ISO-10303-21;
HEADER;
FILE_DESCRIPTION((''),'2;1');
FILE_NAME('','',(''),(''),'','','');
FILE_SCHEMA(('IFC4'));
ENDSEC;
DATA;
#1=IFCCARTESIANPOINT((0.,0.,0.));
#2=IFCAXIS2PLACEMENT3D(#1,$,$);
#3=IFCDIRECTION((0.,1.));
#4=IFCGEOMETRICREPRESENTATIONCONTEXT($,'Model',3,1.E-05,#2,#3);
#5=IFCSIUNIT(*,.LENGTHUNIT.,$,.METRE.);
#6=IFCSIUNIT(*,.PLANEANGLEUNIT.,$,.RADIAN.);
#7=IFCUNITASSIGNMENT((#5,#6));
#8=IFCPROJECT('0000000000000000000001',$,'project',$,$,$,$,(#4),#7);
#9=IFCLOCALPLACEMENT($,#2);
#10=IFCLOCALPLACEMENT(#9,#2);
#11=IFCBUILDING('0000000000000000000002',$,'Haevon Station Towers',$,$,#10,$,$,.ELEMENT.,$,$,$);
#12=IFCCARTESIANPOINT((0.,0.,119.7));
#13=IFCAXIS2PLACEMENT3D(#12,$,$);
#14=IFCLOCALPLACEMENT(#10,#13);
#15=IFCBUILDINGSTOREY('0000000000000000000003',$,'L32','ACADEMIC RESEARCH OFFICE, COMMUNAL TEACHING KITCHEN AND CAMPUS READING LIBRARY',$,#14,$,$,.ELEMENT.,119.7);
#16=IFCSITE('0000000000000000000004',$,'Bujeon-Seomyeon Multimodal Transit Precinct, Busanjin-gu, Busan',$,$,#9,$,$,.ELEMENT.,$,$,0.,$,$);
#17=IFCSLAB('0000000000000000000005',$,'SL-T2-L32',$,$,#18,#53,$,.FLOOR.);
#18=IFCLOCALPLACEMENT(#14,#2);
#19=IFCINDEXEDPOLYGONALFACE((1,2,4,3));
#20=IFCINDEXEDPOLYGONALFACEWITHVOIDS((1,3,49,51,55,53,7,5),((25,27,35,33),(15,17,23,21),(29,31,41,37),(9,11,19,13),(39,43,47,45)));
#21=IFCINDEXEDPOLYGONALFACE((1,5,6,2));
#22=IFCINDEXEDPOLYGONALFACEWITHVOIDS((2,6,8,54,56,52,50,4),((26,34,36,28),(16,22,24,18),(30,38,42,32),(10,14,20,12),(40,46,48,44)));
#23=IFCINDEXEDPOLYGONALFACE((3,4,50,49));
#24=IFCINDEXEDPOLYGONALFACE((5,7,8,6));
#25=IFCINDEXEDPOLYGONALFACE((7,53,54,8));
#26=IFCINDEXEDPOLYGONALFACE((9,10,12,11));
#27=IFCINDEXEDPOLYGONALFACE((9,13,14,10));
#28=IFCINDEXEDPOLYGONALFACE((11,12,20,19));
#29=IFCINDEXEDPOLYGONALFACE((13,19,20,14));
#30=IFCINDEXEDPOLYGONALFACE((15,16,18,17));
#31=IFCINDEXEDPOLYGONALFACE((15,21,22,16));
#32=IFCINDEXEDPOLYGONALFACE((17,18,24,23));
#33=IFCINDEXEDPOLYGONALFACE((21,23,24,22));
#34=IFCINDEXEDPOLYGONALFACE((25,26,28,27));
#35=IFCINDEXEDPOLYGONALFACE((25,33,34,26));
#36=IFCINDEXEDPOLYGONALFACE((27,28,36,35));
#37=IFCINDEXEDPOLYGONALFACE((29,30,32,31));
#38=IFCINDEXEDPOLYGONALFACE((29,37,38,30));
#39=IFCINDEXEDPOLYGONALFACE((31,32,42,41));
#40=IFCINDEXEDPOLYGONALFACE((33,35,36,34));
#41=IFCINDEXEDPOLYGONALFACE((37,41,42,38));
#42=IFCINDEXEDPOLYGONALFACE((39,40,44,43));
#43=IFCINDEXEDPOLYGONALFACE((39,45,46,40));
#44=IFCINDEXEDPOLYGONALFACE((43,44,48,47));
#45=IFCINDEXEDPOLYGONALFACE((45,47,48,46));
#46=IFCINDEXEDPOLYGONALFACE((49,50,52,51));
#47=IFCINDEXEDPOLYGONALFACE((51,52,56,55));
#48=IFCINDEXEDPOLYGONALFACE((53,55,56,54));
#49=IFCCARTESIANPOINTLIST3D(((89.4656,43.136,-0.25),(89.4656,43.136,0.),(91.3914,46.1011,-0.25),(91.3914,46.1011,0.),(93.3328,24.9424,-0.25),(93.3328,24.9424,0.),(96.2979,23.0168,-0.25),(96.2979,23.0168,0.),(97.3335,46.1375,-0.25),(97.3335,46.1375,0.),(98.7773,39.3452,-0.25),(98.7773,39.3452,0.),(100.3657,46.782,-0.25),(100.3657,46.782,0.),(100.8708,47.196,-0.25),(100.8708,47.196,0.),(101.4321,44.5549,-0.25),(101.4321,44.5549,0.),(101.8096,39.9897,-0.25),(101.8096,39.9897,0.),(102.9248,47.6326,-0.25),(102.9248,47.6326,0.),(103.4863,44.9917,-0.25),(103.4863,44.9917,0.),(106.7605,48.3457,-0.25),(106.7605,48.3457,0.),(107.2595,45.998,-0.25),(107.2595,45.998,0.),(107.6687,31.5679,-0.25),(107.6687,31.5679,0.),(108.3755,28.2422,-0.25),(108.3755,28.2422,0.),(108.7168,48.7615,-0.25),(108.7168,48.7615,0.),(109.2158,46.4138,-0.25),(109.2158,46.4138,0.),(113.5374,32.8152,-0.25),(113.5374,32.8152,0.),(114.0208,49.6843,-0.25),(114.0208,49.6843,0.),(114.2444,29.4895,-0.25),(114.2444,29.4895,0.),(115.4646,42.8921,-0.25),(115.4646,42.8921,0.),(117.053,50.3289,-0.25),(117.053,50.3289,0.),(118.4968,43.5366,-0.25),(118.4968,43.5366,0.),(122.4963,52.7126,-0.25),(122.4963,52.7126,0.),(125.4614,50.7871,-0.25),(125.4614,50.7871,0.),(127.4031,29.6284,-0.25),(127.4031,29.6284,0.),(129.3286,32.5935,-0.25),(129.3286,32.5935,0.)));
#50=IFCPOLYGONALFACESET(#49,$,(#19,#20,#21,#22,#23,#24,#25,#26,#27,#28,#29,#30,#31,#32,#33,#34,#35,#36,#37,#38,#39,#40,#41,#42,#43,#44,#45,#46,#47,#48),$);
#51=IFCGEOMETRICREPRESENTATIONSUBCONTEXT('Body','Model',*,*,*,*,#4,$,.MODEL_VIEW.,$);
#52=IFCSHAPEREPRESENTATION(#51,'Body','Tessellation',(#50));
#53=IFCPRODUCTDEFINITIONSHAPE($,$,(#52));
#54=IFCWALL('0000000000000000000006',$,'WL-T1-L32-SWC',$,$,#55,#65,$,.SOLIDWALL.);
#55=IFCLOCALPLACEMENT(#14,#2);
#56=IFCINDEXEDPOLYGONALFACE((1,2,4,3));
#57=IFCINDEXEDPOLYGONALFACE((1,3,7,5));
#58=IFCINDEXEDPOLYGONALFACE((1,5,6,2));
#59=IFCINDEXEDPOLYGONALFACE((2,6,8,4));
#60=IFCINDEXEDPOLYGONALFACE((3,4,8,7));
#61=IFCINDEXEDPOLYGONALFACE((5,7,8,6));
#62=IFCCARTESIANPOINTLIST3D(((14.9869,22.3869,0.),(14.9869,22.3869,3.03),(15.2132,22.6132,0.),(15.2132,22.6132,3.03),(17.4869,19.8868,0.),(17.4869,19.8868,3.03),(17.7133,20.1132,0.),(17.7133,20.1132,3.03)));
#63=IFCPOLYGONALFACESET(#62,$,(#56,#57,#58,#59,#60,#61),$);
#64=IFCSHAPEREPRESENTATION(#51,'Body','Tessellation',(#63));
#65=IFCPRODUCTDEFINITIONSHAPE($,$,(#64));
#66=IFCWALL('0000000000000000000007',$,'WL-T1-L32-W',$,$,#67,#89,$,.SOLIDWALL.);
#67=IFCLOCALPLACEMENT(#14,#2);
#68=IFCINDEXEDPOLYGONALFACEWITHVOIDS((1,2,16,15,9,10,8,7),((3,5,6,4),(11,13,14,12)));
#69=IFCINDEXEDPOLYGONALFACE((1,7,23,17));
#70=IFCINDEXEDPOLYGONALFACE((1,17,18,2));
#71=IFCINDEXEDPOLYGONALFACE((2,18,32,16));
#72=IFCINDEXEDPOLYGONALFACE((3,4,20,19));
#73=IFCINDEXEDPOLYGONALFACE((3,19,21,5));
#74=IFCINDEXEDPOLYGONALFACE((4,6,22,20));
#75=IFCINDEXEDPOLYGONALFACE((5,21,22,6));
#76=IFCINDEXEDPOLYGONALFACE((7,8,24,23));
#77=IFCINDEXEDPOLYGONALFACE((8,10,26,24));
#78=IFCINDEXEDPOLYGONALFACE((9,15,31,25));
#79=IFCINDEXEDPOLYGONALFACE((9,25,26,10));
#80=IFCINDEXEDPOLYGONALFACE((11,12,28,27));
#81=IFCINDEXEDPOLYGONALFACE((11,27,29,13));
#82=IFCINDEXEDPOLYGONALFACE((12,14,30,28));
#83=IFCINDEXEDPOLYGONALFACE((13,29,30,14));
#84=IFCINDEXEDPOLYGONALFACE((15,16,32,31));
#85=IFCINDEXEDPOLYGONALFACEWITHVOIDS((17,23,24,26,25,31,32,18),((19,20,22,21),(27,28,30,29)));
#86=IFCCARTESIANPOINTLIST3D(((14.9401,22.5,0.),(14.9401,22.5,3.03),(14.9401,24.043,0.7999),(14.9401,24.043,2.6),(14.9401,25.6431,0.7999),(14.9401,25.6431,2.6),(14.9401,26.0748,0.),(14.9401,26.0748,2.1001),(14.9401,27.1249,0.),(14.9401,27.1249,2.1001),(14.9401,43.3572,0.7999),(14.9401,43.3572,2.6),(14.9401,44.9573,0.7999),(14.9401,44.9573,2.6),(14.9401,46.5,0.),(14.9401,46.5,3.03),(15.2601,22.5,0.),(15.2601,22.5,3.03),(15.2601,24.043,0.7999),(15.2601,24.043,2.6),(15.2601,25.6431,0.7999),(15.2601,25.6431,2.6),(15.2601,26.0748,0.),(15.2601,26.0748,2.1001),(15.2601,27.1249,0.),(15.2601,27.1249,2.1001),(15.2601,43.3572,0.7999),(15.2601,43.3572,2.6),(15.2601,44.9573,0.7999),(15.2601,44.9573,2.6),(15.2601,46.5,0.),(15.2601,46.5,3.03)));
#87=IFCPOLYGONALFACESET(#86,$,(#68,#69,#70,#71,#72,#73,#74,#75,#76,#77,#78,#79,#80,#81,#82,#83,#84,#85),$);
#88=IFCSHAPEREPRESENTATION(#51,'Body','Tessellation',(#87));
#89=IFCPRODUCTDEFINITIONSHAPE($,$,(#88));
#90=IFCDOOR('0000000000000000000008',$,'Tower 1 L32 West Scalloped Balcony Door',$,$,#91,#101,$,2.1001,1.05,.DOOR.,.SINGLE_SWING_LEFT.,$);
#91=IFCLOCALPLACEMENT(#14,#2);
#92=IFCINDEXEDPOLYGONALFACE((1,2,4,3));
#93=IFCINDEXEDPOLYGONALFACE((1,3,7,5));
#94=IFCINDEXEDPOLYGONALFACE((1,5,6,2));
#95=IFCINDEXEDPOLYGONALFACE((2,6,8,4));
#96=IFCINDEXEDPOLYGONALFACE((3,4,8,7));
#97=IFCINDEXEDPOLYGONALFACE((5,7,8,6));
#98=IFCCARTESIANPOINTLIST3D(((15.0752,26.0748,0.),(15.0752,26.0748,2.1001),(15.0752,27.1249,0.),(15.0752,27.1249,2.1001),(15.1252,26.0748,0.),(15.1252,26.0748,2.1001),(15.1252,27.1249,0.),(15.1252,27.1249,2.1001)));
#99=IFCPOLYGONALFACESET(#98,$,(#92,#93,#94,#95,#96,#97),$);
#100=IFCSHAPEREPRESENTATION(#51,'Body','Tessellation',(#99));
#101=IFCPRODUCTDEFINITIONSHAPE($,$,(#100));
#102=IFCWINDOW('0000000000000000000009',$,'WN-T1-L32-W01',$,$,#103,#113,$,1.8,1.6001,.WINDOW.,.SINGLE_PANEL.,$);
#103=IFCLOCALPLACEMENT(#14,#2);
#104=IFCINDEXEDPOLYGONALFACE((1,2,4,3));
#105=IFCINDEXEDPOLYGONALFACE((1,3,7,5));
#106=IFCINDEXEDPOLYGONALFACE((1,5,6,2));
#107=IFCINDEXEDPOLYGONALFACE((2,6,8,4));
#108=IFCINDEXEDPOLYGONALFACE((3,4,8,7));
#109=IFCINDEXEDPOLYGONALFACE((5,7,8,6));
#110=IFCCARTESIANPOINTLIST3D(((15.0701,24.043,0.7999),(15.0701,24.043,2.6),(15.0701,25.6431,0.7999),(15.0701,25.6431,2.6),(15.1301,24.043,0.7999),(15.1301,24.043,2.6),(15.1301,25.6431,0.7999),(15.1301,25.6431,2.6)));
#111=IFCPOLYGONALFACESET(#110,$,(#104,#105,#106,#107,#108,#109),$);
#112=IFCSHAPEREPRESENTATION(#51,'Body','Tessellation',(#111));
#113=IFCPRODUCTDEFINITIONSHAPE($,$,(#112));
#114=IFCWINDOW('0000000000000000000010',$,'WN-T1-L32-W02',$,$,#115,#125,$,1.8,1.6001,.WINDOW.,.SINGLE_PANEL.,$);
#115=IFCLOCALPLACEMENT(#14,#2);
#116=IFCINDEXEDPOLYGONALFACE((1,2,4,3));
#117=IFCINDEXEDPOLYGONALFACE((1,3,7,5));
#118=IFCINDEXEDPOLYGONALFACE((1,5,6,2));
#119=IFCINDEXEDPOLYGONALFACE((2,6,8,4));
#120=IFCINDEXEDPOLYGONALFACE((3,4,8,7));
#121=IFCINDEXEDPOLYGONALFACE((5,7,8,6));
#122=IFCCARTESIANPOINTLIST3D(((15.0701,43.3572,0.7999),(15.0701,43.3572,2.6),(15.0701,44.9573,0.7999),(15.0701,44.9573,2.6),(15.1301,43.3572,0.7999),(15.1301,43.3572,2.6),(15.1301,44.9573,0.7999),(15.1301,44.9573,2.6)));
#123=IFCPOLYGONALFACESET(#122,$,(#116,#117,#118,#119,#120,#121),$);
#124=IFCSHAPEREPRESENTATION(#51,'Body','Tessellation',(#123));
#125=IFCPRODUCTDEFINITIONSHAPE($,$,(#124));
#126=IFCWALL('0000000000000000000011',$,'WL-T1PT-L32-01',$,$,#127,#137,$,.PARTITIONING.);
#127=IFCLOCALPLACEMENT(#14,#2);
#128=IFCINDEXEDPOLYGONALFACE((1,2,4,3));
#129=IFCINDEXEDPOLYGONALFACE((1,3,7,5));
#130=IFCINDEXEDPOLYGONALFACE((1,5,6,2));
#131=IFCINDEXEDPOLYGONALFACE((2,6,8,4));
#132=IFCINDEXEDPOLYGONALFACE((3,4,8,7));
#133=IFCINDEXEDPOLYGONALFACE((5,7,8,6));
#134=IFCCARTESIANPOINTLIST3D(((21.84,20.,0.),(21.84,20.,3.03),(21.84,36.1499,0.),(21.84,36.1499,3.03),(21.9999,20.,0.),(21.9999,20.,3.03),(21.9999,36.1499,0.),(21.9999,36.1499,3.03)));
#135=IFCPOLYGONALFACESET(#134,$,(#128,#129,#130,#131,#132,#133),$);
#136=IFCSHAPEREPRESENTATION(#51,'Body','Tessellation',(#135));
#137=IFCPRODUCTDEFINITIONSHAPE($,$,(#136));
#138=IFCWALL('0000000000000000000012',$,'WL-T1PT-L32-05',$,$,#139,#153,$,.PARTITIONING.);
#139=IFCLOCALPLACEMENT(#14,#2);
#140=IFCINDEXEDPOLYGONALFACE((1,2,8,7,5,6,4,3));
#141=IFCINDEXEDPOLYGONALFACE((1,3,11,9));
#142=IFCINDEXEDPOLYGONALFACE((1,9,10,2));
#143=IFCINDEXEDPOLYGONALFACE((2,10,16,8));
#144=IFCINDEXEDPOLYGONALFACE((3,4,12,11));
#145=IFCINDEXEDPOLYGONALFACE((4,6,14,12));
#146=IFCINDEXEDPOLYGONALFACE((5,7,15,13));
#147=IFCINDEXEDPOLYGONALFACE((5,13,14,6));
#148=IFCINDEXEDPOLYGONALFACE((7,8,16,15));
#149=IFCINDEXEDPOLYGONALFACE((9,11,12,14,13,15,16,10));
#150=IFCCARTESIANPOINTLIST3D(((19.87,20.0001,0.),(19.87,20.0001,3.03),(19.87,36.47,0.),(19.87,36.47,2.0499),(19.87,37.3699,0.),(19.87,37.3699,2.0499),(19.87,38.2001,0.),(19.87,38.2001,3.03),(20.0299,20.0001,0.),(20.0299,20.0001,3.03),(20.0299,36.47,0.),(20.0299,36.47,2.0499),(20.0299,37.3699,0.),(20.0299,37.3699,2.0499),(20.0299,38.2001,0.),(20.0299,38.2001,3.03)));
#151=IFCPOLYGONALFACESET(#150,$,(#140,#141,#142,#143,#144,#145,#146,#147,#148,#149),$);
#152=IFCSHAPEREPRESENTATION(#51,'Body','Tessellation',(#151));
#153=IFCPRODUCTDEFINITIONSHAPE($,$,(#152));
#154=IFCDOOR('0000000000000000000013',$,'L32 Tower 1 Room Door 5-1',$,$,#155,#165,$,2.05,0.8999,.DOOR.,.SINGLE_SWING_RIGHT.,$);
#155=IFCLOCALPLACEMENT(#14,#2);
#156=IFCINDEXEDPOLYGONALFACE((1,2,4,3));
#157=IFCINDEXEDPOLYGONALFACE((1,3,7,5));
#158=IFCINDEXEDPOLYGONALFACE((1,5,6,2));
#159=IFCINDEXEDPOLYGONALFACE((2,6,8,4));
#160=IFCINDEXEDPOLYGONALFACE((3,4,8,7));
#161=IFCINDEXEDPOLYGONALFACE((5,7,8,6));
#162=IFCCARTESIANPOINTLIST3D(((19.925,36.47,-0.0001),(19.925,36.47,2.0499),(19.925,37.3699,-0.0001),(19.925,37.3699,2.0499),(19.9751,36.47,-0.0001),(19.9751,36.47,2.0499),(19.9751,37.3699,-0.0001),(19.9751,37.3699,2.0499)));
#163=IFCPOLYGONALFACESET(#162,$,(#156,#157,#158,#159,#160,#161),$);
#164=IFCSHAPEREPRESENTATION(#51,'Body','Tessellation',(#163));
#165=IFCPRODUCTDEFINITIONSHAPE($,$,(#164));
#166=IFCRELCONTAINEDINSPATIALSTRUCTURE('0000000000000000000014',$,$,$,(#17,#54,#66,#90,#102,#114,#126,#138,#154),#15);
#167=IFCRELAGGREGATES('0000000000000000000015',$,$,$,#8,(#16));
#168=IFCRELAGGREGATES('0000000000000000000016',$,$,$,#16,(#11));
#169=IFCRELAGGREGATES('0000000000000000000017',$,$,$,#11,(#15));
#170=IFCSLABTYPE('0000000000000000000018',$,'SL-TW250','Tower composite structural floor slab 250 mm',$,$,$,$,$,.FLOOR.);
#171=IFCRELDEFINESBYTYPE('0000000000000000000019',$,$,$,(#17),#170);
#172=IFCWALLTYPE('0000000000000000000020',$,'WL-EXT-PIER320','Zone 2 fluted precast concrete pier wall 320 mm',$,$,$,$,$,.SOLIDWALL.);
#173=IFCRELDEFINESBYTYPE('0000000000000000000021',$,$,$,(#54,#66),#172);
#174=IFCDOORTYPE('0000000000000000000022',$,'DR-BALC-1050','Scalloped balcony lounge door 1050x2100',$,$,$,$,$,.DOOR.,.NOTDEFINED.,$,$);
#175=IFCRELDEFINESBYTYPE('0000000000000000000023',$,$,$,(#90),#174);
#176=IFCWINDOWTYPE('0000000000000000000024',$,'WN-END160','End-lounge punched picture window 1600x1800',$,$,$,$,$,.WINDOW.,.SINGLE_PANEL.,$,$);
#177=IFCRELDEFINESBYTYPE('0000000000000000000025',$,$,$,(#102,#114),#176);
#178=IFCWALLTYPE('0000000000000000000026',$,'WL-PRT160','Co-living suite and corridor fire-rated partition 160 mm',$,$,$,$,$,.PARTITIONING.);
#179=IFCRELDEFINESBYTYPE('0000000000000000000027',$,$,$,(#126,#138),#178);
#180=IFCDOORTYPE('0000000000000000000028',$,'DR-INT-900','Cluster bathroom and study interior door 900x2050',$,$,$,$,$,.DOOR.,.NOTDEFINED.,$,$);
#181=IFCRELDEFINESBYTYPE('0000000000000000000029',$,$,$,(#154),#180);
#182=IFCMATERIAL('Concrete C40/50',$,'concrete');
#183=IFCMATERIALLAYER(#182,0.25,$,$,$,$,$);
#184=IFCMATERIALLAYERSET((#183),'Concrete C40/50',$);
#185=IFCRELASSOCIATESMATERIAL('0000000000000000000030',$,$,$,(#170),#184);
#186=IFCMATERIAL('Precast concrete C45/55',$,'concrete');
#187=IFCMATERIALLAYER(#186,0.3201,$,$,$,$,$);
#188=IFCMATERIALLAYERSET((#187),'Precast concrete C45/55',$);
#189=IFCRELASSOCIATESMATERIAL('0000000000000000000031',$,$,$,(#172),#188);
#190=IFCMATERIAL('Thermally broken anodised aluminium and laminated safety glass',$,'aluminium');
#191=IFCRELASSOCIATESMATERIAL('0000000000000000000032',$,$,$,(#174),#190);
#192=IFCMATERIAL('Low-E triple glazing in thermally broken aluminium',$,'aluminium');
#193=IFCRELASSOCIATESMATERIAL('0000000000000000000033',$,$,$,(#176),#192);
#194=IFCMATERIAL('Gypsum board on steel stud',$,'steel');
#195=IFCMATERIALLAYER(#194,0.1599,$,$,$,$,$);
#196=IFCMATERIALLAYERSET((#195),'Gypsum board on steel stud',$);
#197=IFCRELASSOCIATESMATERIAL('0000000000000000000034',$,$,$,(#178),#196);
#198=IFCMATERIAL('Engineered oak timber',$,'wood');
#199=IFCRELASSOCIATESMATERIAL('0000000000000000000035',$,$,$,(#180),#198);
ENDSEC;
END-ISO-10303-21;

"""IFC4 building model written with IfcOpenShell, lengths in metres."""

from ifc_helpers import new_model, si_unit, direction, frame, frame_2d, origin, place, context, subcontext, project, spatial, polyline, rectangle, outline, extrude, material, layer, layer_set, type_object, element, fill, save


model = new_model("IFC4")

# Units and contexts
model_context = context("Model", 3, precision=1e-05, world=origin(), true_north=direction((0.0, 1.0)))
body_context = subcontext(model_context, "Body", "Model", "MODEL_VIEW")
ifc_project = project(units=[si_unit("LENGTHUNIT", "METRE"), si_unit("PLANEANGLEUNIT", "RADIAN")], contexts=[model_context])

# Site, building, storey
site_placement = place(None, origin())
site = spatial("IfcSite", under=ifc_project, at=site_placement, Name="Bujeon-Seomyeon Multimodal Transit Precinct, Busanjin-gu, Busan", CompositionType="ELEMENT", RefElevation=0.0)
building_placement = place(site_placement, origin())
building = spatial("IfcBuilding", under=site, at=building_placement, Name="Haevon Station Towers", CompositionType="ELEMENT")
storey_placement = place(building_placement, frame((0.0, 0.0, 119.7)))
storey = spatial("IfcBuildingStorey", under=building, at=storey_placement, Name="L32", Description="ACADEMIC RESEARCH OFFICE, COMMUNAL TEACHING KITCHEN AND CAMPUS READING LIBRARY", CompositionType="ELEMENT", Elevation=119.7)

# Shared definitions
ifc_material_1 = material(Name="Concrete C40/50", Category="concrete")

# Slab
ifc_layer_1 = layer(ifc_material_1, 0.25)
ifc_layer_set_1 = layer_set([ifc_layer_1], Name="Concrete C40/50")
slab_type_1 = type_object("IfcSlabType", Name="SL-TW250", Description="Tower composite structural floor slab 250 mm", PredefinedType="FLOOR", material=ifc_layer_set_1)
slab_1_placement = place(storey_placement, frame((0.0, 0.0, -0.25)))
element("IfcSlab", 1, at=slab_1_placement, inside=storey, type_object=slab_type_1, Name="SL-T2-L32", PredefinedType="FLOOR", context=body_context, shape_type="SweptSolid", body=[
    extrude(outline(polyline([(96.2979, 23.0168), (127.4031, 29.6284), (129.3286, 32.5935), (125.4614, 50.7871), (122.4963, 52.7126), (91.3914, 46.1011), (89.4656, 43.136), (93.3328, 24.9424), (96.2979, 23.0168)]), holes=[polyline([(101.8096, 39.9897), (100.3657, 46.782), (97.3335, 46.1375), (98.7773, 39.3452), (101.8096, 39.9897)]), polyline([(118.4968, 43.5366), (117.053, 50.3289), (114.0208, 49.6843), (115.4646, 42.8921), (118.4968, 43.5366)]), polyline([(101.4321, 44.5549), (103.4863, 44.9917), (102.9248, 47.6326), (100.8708, 47.196), (101.4321, 44.5549)]), polyline([(107.2595, 45.998), (109.2158, 46.4138), (108.7168, 48.7615), (106.7605, 48.3457), (107.2595, 45.998)]), polyline([(108.3755, 28.2422), (114.2444, 29.4895), (113.5374, 32.8152), (107.6687, 31.5679), (108.3755, 28.2422)])]), origin(), (0.0, 0.0, 1.0), 0.25),
])

# Wall
ifc_material_2 = material(Name="Precast concrete C45/55", Category="concrete")
ifc_layer_2 = layer(ifc_material_2, 0.3201)
ifc_layer_set_2 = layer_set([ifc_layer_2], Name="Precast concrete C45/55")
wall_type_1 = type_object("IfcWallType", Name="WL-EXT-PIER320", Description="Zone 2 fluted precast concrete pier wall 320 mm", PredefinedType="SOLIDWALL", material=ifc_layer_set_2)
wall_1_placement = place(storey_placement, frame((17.6001, 20.0, 0.0), z_axis=(0.0, 0.0, 1.0), x_axis=(-0.707107, 0.707107, 0.0)))
element("IfcWall", 2, at=wall_1_placement, inside=storey, type_object=wall_type_1, Name="WL-T1-L32-SWC", PredefinedType="SOLIDWALL", context=body_context, shape_type="SweptSolid", body=[
    extrude(rectangle(XDim=3.5356, YDim=0.3201, at=frame_2d((1.7678, 0.0))), origin(), (0.0, 0.0, 1.0), 3.03),
])

# Wall, openings, door, windows
wall_2_placement = place(storey_placement, frame((15.1001, 22.5, 0.0), z_axis=(0.0, 0.0, 1.0), x_axis=(0.0, 1.0, 0.0)))
wall_2 = element("IfcWall", 3, at=wall_2_placement, inside=storey, type_object=wall_type_1, Name="WL-T1-L32-W", PredefinedType="SOLIDWALL", context=body_context, shape_type="SweptSolid", body=[
    extrude(rectangle(XDim=24.0, YDim=0.3201, at=frame_2d((12.0, 0.0))), origin(), (0.0, 0.0, 1.0), 3.03),
])
opening_1_placement = place(wall_2_placement, frame((3.575, 0.0, 0.0)))
opening_1 = element("IfcOpeningElement", 4, at=opening_1_placement, cuts=wall_2, PredefinedType="OPENING", context=body_context, shape_type="SweptSolid", body=[
    extrude(rectangle(XDim=1.05, YDim=2.1001, at=frame_2d((0.5249, 1.05))), frame((0.0, 0.1699, 0.0), z_axis=(0.0, -1.0, 0.0), x_axis=(1.0, 0.0, 0.0)), (0.0, 0.0, 1.0), 0.3401),
])
opening_2_placement = place(wall_2_placement, frame((1.543, 0.0, 0.8)))
opening_2 = element("IfcOpeningElement", 5, at=opening_2_placement, cuts=wall_2, PredefinedType="OPENING", context=body_context, shape_type="SweptSolid", body=[
    extrude(rectangle(XDim=1.6001, YDim=1.8, at=frame_2d((0.8, 0.8999))), frame((0.0, 0.1699, 0.0), z_axis=(0.0, -1.0, 0.0), x_axis=(1.0, 0.0, 0.0)), (0.0, 0.0, 1.0), 0.3401),
])
opening_3_placement = place(wall_2_placement, frame((20.8572, 0.0, 0.8)))
opening_3 = element("IfcOpeningElement", 6, at=opening_3_placement, cuts=wall_2, PredefinedType="OPENING", context=body_context, shape_type="SweptSolid", body=[
    extrude(rectangle(XDim=1.6001, YDim=1.8, at=frame_2d((0.8, 0.8999))), frame((0.0, 0.1699, 0.0), z_axis=(0.0, -1.0, 0.0), x_axis=(1.0, 0.0, 0.0)), (0.0, 0.0, 1.0), 0.3401),
])
ifc_material_3 = material(Name="Thermally broken anodised aluminium and laminated safety glass", Category="aluminium")
door_type_1 = type_object("IfcDoorType", Name="DR-BALC-1050", Description="Scalloped balcony lounge door 1050x2100", OperationType="NOTDEFINED", PredefinedType="DOOR", material=ifc_material_3)
door_1_placement = place(opening_1_placement, origin())
door_1 = element("IfcDoor", 7, at=door_1_placement, inside=storey, type_object=door_type_1, Name="Tower 1 L32 West Scalloped Balcony Door", OperationType="SINGLE_SWING_LEFT", OverallHeight=2.1001, OverallWidth=1.05, PredefinedType="DOOR", context=body_context, shape_type="SweptSolid", body=[
    extrude(rectangle(XDim=1.05, YDim=2.1001, at=frame_2d((0.5249, 1.05))), frame((0.0, 0.0249, 0.0), z_axis=(0.0, -1.0, 0.0), x_axis=(1.0, 0.0, 0.0)), (0.0, 0.0, 1.0), 0.05),
])
fill(opening_1, door_1)
ifc_material_4 = material(Name="Low-E triple glazing in thermally broken aluminium", Category="aluminium")
window_type = type_object("IfcWindowType", Name="WN-END160", Description="End-lounge punched picture window 1600x1800", PartitioningType="SINGLE_PANEL", PredefinedType="WINDOW", material=ifc_material_4)
window_1_placement = place(opening_2_placement, origin())
window_1 = element("IfcWindow", 8, at=window_1_placement, inside=storey, type_object=window_type, Name="WN-T1-L32-W01", OverallHeight=1.8, OverallWidth=1.6001, PartitioningType="SINGLE_PANEL", PredefinedType="WINDOW", context=body_context, shape_type="SweptSolid", body=[
    extrude(rectangle(XDim=1.6001, YDim=1.8, at=frame_2d((0.8, 0.8999))), frame((0.0, 0.03, 0.0), z_axis=(0.0, -1.0, 0.0), x_axis=(1.0, 0.0, 0.0)), (0.0, 0.0, 1.0), 0.0601),
])
fill(opening_2, window_1)
window_2_placement = place(opening_3_placement, origin())
window_2 = element("IfcWindow", 9, at=window_2_placement, inside=storey, type_object=window_type, Name="WN-T1-L32-W02", OverallHeight=1.8, OverallWidth=1.6001, PartitioningType="SINGLE_PANEL", PredefinedType="WINDOW", context=body_context, shape_type="SweptSolid", body=[
    extrude(rectangle(XDim=1.6001, YDim=1.8, at=frame_2d((0.8, 0.8999))), frame((0.0, 0.03, 0.0), z_axis=(0.0, -1.0, 0.0), x_axis=(1.0, 0.0, 0.0)), (0.0, 0.0, 1.0), 0.0601),
])
fill(opening_3, window_2)

# Wall
ifc_material_5 = material(Name="Gypsum board on steel stud", Category="steel")
ifc_layer_3 = layer(ifc_material_5, 0.1599)
ifc_layer_set_3 = layer_set([ifc_layer_3], Name="Gypsum board on steel stud")
wall_type_2 = type_object("IfcWallType", Name="WL-PRT160", Description="Co-living suite and corridor fire-rated partition 160 mm", PredefinedType="PARTITIONING", material=ifc_layer_set_3)
wall_3_placement = place(storey_placement, frame((21.9199, 20.0, 0.0), z_axis=(0.0, 0.0, 1.0), x_axis=(0.0, 1.0, 0.0)))
element("IfcWall", 10, at=wall_3_placement, inside=storey, type_object=wall_type_2, Name="WL-T1PT-L32-01", PredefinedType="PARTITIONING", context=body_context, shape_type="SweptSolid", body=[
    extrude(rectangle(XDim=16.1499, YDim=0.1599, at=frame_2d((8.075, 0.0))), origin(), (0.0, 0.0, 1.0), 3.03),
])

# Wall, opening, door
wall_4_placement = place(storey_placement, frame((19.95, 20.0, 0.0), z_axis=(0.0, 0.0, 1.0), x_axis=(0.0, 1.0, 0.0)))
wall_4 = element("IfcWall", 11, at=wall_4_placement, inside=storey, type_object=wall_type_2, Name="WL-T1PT-L32-05", PredefinedType="PARTITIONING", context=body_context, shape_type="SweptSolid", body=[
    extrude(rectangle(XDim=18.2, YDim=0.1599, at=frame_2d((9.1001, 0.0))), origin(), (0.0, 0.0, 1.0), 3.03),
])
opening_4_placement = place(wall_4_placement, frame((16.47, 0.0, 0.0)))
opening_4 = element("IfcOpeningElement", 12, at=opening_4_placement, cuts=wall_4, PredefinedType="OPENING", context=body_context, shape_type="SweptSolid", body=[
    extrude(rectangle(XDim=0.8999, YDim=2.05, at=frame_2d((0.45, 1.0249))), frame((0.0, 0.0898, 0.0), z_axis=(0.0, -1.0, 0.0), x_axis=(1.0, 0.0, 0.0)), (0.0, 0.0, 1.0), 0.1799),
])
ifc_material_6 = material(Name="Engineered oak timber", Category="wood")
door_type_2 = type_object("IfcDoorType", Name="DR-INT-900", Description="Cluster bathroom and study interior door 900x2050", OperationType="NOTDEFINED", PredefinedType="DOOR", material=ifc_material_6)
door_2_placement = place(opening_4_placement, origin())
door_2 = element("IfcDoor", 13, at=door_2_placement, inside=storey, type_object=door_type_2, Name="L32 Tower 1 Room Door 5-1", OperationType="SINGLE_SWING_RIGHT", OverallHeight=2.05, OverallWidth=0.8999, PredefinedType="DOOR", context=body_context, shape_type="SweptSolid", body=[
    extrude(rectangle(XDim=0.8999, YDim=2.05, at=frame_2d((0.45, 1.0249))), frame((0.0, 0.0249, 0.0), z_axis=(0.0, -1.0, 0.0), x_axis=(1.0, 0.0, 0.0)), (0.0, 0.0, 1.0), 0.05),
])
fill(opening_4, door_2)

save(model, "model.ifc")
